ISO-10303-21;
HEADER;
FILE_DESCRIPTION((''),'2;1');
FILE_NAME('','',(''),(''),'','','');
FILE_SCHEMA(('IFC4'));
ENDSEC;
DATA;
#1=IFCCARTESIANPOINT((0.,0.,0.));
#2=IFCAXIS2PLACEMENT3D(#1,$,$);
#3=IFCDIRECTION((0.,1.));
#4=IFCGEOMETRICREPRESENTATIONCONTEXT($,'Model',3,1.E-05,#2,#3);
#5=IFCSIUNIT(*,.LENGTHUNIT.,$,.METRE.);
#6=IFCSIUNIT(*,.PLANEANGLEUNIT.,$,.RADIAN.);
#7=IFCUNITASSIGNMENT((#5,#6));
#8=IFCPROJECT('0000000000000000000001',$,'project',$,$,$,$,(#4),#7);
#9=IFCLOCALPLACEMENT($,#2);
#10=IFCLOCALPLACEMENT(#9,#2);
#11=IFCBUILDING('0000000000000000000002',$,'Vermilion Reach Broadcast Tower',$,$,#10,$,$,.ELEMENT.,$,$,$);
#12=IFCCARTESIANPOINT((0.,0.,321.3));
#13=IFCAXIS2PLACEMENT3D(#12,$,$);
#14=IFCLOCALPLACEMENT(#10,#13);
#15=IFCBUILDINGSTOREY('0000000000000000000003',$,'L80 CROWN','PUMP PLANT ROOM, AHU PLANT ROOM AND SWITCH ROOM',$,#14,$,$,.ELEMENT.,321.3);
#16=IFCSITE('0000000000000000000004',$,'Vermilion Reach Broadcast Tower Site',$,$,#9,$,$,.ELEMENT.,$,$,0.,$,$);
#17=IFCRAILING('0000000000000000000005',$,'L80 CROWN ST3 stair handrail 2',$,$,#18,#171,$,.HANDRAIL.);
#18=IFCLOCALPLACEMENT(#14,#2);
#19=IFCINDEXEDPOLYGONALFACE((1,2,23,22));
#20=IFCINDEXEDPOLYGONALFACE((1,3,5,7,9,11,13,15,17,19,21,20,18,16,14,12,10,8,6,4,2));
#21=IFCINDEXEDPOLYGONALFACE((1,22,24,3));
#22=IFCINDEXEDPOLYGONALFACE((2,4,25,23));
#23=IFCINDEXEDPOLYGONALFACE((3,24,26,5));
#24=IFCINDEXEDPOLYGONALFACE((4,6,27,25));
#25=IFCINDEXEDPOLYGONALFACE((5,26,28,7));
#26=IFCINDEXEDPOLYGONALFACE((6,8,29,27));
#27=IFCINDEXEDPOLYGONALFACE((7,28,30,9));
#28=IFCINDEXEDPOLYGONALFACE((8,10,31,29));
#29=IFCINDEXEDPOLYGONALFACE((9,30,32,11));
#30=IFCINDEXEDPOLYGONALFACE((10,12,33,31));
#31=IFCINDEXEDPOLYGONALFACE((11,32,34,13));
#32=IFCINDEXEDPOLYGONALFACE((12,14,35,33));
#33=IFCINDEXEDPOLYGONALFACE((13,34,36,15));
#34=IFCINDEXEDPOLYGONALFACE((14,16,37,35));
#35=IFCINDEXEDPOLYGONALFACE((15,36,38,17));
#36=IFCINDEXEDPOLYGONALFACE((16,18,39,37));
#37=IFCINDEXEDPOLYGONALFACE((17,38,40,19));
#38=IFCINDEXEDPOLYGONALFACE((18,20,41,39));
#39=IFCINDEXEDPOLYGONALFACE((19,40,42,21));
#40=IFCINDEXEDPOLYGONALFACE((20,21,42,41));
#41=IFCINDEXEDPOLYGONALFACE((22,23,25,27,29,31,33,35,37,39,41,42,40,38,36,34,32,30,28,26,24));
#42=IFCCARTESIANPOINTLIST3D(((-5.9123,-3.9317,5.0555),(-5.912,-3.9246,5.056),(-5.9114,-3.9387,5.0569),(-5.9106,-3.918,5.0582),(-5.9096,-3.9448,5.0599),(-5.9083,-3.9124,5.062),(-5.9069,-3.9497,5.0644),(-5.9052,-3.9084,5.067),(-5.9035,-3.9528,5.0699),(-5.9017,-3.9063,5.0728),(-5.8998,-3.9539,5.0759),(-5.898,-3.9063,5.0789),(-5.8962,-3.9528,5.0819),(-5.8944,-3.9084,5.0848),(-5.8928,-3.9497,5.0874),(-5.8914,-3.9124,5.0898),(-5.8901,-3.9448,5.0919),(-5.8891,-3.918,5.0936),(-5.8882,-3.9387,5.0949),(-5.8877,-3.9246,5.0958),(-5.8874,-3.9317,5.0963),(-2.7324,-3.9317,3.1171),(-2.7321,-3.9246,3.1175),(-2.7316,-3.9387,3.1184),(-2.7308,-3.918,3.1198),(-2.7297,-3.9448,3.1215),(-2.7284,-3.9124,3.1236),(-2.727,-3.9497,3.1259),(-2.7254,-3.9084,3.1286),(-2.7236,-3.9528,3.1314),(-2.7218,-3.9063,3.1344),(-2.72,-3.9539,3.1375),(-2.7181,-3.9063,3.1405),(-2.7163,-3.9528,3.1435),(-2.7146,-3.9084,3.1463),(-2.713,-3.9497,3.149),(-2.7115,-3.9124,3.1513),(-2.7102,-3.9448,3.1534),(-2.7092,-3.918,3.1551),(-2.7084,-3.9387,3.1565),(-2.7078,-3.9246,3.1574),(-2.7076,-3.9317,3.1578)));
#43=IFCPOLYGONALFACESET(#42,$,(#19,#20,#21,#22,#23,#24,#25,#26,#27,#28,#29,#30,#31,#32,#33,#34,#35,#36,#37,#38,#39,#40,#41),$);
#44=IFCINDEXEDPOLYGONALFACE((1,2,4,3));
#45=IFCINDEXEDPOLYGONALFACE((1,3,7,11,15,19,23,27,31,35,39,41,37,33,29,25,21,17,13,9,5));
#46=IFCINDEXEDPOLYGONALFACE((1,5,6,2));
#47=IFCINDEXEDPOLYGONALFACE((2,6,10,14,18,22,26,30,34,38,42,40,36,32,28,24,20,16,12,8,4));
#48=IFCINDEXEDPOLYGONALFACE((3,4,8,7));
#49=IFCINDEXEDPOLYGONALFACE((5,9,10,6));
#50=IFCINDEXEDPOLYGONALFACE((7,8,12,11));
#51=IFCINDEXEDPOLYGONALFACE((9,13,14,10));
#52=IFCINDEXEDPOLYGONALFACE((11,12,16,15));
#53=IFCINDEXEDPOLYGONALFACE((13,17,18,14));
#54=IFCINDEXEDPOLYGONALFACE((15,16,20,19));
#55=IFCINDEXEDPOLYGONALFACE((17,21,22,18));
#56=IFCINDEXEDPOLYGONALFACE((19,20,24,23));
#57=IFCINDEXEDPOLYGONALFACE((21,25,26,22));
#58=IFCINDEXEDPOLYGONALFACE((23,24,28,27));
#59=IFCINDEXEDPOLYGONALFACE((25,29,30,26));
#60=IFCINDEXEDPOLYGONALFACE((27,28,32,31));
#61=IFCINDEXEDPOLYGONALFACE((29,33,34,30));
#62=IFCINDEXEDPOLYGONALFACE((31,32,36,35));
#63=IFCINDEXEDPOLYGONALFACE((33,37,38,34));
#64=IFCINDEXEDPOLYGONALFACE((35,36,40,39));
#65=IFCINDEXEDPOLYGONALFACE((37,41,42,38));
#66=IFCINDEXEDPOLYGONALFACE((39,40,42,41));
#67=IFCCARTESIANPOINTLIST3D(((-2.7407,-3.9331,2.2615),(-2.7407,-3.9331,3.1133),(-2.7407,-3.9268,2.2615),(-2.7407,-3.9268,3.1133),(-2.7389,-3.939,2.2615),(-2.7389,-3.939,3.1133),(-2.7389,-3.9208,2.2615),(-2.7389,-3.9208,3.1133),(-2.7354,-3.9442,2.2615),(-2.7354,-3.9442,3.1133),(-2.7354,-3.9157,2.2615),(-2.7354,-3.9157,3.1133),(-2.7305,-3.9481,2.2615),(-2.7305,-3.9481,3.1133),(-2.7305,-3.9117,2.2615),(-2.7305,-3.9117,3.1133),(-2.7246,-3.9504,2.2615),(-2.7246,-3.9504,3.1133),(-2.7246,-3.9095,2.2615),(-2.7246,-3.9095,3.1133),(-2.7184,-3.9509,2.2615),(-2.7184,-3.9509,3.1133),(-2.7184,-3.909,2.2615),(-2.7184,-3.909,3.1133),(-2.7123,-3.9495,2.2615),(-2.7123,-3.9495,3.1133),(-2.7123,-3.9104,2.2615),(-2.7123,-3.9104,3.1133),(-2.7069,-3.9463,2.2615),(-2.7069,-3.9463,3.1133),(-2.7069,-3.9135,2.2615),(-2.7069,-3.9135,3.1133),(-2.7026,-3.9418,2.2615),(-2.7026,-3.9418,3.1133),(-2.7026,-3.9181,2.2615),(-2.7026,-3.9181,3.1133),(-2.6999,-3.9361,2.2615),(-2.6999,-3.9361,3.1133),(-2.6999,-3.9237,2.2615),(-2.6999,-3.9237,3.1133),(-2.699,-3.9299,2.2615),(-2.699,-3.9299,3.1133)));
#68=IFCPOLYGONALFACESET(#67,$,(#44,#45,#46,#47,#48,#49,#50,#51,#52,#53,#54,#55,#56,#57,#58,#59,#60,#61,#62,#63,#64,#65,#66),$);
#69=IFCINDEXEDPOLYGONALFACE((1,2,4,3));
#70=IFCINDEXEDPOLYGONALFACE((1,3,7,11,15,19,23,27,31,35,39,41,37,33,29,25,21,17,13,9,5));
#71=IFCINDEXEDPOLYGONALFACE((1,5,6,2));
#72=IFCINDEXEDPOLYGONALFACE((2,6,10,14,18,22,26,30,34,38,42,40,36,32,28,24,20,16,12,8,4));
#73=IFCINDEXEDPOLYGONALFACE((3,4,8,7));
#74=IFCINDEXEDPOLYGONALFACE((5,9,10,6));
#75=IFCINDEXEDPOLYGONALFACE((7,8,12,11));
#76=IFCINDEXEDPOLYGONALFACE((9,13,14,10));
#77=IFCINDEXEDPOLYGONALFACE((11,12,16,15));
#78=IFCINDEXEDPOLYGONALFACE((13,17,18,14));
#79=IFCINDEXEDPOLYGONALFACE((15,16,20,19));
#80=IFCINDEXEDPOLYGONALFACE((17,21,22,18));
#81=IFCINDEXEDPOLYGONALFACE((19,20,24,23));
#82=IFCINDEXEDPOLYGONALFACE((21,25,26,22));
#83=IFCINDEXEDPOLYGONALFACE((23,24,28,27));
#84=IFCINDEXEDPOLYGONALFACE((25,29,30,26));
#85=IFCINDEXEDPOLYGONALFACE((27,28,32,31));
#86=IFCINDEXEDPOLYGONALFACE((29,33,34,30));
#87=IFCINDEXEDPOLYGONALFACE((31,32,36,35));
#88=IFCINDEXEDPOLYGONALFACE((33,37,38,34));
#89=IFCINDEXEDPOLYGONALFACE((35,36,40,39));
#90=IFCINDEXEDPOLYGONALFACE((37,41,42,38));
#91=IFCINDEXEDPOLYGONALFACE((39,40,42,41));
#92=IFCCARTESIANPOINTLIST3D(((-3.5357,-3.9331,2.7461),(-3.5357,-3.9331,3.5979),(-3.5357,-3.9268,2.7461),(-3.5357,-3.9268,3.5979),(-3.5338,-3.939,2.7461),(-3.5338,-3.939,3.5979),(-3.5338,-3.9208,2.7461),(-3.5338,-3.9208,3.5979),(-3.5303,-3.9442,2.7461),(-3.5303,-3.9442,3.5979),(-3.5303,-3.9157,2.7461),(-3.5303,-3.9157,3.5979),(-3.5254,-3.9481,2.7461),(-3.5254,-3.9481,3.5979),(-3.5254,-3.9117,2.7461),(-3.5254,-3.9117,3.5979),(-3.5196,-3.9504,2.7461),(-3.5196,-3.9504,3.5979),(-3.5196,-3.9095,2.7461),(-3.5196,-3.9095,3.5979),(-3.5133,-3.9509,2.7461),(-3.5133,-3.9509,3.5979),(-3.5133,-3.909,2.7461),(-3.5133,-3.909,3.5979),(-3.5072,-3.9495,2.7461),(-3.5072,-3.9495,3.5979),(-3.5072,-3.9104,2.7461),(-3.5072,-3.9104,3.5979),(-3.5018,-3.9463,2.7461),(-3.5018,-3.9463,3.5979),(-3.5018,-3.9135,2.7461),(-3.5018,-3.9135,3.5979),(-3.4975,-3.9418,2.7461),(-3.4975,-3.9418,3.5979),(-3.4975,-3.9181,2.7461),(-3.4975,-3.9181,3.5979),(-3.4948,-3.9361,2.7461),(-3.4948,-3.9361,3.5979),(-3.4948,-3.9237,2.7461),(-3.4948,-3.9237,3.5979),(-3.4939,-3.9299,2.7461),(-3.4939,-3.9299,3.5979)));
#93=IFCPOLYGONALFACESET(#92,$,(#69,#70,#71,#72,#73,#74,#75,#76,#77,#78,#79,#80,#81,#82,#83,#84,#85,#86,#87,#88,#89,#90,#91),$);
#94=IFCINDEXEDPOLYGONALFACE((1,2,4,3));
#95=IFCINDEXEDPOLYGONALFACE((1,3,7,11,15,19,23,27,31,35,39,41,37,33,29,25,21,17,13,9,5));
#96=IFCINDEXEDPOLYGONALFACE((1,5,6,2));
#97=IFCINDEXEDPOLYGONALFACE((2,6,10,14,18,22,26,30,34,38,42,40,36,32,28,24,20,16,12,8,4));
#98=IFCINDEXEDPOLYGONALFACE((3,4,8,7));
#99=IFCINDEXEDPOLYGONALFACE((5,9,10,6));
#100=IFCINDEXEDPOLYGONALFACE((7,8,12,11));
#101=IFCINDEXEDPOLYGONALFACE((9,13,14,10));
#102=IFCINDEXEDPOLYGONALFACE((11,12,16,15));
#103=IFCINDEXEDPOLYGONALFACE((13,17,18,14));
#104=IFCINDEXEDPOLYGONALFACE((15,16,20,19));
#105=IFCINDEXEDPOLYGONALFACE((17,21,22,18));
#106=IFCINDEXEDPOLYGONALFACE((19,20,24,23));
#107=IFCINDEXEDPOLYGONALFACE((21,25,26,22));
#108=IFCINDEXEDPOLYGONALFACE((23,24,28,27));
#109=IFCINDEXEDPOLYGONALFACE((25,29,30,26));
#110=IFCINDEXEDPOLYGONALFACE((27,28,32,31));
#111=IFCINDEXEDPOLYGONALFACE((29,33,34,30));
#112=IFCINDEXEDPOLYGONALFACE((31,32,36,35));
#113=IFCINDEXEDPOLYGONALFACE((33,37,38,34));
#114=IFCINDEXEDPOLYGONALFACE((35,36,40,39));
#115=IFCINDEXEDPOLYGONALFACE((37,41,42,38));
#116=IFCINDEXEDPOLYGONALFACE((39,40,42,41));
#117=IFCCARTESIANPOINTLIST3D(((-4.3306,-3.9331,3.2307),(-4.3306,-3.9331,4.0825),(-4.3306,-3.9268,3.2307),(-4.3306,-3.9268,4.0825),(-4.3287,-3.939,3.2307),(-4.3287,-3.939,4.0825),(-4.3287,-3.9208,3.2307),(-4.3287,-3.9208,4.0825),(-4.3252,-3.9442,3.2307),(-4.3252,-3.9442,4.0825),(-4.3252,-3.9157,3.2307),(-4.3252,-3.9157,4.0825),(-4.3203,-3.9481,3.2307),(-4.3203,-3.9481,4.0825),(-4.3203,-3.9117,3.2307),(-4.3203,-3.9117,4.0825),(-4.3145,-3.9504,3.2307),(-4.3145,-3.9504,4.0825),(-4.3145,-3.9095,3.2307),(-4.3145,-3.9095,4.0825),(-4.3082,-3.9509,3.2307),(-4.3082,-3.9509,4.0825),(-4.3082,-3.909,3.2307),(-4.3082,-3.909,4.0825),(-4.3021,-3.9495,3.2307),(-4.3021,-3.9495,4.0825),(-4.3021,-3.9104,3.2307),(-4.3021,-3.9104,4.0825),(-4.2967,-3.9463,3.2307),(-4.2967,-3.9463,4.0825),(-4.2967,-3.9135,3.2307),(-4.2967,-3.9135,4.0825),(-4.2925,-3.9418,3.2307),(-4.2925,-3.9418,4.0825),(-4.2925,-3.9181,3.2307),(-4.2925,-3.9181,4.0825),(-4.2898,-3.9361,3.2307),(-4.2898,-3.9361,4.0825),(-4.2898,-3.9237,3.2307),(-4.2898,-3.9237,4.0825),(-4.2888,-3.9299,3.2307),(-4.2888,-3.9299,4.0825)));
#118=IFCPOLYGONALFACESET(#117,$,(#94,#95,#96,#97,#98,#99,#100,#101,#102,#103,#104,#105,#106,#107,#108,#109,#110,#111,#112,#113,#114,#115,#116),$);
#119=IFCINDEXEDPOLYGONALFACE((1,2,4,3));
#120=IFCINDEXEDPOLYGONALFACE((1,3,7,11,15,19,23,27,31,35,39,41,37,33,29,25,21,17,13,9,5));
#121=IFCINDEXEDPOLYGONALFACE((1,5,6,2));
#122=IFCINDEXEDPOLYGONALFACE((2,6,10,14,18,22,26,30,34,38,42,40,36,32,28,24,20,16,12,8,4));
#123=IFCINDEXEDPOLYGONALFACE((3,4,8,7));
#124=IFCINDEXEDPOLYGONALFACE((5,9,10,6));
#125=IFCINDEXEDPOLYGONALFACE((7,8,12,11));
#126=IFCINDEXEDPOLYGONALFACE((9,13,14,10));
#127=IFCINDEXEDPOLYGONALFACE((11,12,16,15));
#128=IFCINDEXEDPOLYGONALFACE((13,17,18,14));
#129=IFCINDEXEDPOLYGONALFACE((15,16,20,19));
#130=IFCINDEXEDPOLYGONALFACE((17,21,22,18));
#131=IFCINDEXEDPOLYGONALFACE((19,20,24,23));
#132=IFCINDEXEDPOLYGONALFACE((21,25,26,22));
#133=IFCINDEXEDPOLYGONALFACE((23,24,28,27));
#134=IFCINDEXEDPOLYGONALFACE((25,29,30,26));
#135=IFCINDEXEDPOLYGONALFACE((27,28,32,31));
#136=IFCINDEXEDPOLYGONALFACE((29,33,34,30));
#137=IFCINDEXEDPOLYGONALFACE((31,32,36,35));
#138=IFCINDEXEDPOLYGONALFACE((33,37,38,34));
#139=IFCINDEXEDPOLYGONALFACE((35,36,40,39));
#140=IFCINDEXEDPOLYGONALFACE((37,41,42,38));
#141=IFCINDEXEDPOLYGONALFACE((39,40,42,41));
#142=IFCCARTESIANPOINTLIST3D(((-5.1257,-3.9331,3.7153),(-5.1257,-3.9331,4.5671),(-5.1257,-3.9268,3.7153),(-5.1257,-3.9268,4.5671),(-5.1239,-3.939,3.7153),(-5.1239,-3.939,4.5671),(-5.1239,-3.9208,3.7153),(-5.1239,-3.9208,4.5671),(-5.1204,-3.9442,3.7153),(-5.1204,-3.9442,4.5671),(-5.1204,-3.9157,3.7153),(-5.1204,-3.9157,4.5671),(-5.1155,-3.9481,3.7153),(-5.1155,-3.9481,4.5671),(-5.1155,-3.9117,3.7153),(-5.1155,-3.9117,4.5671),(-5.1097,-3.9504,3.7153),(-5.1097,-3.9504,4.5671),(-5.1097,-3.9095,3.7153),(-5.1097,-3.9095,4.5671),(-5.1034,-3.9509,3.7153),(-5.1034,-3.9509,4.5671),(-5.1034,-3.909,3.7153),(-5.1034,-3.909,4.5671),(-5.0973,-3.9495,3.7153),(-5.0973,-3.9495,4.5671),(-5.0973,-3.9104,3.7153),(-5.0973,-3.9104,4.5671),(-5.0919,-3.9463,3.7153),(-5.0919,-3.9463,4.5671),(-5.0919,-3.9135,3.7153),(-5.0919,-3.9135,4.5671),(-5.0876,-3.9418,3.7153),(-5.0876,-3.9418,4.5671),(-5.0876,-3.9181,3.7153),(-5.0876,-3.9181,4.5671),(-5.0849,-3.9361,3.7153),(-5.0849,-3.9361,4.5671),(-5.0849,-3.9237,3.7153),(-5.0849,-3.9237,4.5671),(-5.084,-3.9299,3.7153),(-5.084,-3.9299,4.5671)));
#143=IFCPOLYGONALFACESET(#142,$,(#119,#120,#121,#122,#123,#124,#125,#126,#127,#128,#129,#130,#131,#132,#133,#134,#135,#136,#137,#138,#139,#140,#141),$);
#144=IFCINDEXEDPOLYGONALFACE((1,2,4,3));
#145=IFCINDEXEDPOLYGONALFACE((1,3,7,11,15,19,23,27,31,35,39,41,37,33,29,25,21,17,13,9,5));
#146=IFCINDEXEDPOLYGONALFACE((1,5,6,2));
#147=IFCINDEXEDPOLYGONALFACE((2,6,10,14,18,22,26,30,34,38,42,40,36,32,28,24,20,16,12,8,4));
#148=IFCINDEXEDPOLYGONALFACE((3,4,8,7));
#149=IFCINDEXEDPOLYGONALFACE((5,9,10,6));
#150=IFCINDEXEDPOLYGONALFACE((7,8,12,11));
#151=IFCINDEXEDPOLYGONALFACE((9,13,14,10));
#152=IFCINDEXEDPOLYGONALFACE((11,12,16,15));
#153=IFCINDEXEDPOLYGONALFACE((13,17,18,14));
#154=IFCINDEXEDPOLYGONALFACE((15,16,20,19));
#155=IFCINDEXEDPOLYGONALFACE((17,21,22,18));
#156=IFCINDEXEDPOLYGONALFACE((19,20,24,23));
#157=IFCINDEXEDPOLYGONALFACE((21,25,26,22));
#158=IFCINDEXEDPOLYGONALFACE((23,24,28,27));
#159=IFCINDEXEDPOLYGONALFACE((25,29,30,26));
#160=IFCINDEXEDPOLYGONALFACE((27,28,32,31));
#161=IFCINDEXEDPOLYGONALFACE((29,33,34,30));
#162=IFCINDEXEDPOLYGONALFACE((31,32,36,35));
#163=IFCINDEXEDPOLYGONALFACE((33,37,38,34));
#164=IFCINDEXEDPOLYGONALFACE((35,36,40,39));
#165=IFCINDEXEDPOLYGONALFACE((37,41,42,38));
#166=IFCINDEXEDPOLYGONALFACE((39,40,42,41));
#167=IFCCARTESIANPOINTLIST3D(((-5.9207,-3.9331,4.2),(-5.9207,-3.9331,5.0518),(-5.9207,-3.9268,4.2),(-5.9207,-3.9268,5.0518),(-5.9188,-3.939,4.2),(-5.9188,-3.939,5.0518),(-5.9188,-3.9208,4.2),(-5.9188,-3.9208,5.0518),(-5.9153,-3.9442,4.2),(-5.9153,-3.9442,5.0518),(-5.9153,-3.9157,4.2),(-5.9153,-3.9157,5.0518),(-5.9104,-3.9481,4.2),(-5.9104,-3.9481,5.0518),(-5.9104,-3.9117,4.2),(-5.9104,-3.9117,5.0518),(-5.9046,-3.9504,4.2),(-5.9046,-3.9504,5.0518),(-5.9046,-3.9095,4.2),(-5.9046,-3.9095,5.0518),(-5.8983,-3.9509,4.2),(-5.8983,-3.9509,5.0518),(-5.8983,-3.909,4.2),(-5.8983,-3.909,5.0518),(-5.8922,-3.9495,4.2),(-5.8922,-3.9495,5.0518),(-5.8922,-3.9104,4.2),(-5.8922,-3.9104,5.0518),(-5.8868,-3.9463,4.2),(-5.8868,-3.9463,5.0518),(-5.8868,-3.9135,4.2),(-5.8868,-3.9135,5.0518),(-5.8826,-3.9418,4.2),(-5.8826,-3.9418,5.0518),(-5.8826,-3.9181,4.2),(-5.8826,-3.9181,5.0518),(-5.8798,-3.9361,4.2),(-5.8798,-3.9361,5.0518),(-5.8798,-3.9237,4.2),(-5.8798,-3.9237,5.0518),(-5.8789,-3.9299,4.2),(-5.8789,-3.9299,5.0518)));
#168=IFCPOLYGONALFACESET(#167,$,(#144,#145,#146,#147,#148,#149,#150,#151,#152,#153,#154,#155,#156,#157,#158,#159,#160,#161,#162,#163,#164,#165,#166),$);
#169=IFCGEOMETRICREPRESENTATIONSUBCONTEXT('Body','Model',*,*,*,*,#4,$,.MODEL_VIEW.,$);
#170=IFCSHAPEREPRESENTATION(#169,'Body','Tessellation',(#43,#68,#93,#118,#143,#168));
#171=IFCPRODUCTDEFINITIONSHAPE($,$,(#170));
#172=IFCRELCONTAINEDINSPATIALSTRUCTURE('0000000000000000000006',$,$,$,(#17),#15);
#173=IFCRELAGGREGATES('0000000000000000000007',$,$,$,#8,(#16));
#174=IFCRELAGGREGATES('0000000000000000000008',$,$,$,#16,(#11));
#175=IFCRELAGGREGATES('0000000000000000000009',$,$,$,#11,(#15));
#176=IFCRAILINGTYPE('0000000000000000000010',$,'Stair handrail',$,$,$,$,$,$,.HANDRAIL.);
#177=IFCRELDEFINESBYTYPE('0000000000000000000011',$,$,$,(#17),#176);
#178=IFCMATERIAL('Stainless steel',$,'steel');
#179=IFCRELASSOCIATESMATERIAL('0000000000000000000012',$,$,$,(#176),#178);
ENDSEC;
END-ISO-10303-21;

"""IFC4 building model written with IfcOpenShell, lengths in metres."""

from ifc_helpers import new_model, si_unit, direction, frame, origin, origin_2d, place, context, subcontext, project, spatial, circle, extrude, material, type_object, element, save


model = new_model("IFC4")

# Units and contexts
model_context = context("Model", 3, precision=1e-05, world=origin(), true_north=direction((0.0, 1.0)))
body_context = subcontext(model_context, "Body", "Model", "MODEL_VIEW")
ifc_project = project(units=[si_unit("LENGTHUNIT", "METRE"), si_unit("PLANEANGLEUNIT", "RADIAN")], contexts=[model_context])

# Site, building, storey
site_placement = place(None, origin())
site = spatial("IfcSite", under=ifc_project, at=site_placement, Name="Vermilion Reach Broadcast Tower Site", CompositionType="ELEMENT", RefElevation=0.0)
building_placement = place(site_placement, origin())
building = spatial("IfcBuilding", under=site, at=building_placement, Name="Vermilion Reach Broadcast Tower", CompositionType="ELEMENT")
storey_placement = place(building_placement, frame((0.0, 0.0, 321.3)))
storey = spatial("IfcBuildingStorey", under=building, at=storey_placement, Name="L80 CROWN", Description="PUMP PLANT ROOM, AHU PLANT ROOM AND SWITCH ROOM", CompositionType="ELEMENT", Elevation=321.3)

# Railing
ifc_material_1 = material(Name="Stainless steel", Category="steel")
railing_type_1 = type_object("IfcRailingType", Name="Stair handrail", PredefinedType="HANDRAIL", material=ifc_material_1)
railing_1_placement = place(storey_placement, frame((-2.72, -3.9299, 2.2615)))
element("IfcRailing", 1, at=railing_1_placement, inside=storey, type_object=railing_type_1, Name="L80 CROWN ST3 stair handrail 2", PredefinedType="HANDRAIL", context=body_context, shape_type="SweptSolid", body=[
    extrude(circle(Radius=0.0239, at=origin_2d()), frame((0.0, 0.0, 0.876), z_axis=(-0.853857, 0.0, 0.520508), x_axis=(0.0, -1.0, 0.0)), (0.0, 0.0, 1.0), 3.7241),
    extrude(circle(Radius=0.021, at=origin_2d()), origin(), (0.0, 0.0, 1.0), 0.8518),
    extrude(circle(Radius=0.021, at=origin_2d()), frame((-0.7949, 0.0, 0.4846)), (0.0, 0.0, 1.0), 0.8518),
    extrude(circle(Radius=0.021, at=origin_2d()), frame((-1.5898, 0.0, 0.9692)), (0.0, 0.0, 1.0), 0.8518),
    extrude(circle(Radius=0.021, at=origin_2d()), frame((-2.385, 0.0, 1.4539)), (0.0, 0.0, 1.0), 0.8518),
    extrude(circle(Radius=0.021, at=origin_2d()), frame((-3.1799, 0.0, 1.9385)), (0.0, 0.0, 1.0), 0.8518),
])

save(model, "model.ifc")
